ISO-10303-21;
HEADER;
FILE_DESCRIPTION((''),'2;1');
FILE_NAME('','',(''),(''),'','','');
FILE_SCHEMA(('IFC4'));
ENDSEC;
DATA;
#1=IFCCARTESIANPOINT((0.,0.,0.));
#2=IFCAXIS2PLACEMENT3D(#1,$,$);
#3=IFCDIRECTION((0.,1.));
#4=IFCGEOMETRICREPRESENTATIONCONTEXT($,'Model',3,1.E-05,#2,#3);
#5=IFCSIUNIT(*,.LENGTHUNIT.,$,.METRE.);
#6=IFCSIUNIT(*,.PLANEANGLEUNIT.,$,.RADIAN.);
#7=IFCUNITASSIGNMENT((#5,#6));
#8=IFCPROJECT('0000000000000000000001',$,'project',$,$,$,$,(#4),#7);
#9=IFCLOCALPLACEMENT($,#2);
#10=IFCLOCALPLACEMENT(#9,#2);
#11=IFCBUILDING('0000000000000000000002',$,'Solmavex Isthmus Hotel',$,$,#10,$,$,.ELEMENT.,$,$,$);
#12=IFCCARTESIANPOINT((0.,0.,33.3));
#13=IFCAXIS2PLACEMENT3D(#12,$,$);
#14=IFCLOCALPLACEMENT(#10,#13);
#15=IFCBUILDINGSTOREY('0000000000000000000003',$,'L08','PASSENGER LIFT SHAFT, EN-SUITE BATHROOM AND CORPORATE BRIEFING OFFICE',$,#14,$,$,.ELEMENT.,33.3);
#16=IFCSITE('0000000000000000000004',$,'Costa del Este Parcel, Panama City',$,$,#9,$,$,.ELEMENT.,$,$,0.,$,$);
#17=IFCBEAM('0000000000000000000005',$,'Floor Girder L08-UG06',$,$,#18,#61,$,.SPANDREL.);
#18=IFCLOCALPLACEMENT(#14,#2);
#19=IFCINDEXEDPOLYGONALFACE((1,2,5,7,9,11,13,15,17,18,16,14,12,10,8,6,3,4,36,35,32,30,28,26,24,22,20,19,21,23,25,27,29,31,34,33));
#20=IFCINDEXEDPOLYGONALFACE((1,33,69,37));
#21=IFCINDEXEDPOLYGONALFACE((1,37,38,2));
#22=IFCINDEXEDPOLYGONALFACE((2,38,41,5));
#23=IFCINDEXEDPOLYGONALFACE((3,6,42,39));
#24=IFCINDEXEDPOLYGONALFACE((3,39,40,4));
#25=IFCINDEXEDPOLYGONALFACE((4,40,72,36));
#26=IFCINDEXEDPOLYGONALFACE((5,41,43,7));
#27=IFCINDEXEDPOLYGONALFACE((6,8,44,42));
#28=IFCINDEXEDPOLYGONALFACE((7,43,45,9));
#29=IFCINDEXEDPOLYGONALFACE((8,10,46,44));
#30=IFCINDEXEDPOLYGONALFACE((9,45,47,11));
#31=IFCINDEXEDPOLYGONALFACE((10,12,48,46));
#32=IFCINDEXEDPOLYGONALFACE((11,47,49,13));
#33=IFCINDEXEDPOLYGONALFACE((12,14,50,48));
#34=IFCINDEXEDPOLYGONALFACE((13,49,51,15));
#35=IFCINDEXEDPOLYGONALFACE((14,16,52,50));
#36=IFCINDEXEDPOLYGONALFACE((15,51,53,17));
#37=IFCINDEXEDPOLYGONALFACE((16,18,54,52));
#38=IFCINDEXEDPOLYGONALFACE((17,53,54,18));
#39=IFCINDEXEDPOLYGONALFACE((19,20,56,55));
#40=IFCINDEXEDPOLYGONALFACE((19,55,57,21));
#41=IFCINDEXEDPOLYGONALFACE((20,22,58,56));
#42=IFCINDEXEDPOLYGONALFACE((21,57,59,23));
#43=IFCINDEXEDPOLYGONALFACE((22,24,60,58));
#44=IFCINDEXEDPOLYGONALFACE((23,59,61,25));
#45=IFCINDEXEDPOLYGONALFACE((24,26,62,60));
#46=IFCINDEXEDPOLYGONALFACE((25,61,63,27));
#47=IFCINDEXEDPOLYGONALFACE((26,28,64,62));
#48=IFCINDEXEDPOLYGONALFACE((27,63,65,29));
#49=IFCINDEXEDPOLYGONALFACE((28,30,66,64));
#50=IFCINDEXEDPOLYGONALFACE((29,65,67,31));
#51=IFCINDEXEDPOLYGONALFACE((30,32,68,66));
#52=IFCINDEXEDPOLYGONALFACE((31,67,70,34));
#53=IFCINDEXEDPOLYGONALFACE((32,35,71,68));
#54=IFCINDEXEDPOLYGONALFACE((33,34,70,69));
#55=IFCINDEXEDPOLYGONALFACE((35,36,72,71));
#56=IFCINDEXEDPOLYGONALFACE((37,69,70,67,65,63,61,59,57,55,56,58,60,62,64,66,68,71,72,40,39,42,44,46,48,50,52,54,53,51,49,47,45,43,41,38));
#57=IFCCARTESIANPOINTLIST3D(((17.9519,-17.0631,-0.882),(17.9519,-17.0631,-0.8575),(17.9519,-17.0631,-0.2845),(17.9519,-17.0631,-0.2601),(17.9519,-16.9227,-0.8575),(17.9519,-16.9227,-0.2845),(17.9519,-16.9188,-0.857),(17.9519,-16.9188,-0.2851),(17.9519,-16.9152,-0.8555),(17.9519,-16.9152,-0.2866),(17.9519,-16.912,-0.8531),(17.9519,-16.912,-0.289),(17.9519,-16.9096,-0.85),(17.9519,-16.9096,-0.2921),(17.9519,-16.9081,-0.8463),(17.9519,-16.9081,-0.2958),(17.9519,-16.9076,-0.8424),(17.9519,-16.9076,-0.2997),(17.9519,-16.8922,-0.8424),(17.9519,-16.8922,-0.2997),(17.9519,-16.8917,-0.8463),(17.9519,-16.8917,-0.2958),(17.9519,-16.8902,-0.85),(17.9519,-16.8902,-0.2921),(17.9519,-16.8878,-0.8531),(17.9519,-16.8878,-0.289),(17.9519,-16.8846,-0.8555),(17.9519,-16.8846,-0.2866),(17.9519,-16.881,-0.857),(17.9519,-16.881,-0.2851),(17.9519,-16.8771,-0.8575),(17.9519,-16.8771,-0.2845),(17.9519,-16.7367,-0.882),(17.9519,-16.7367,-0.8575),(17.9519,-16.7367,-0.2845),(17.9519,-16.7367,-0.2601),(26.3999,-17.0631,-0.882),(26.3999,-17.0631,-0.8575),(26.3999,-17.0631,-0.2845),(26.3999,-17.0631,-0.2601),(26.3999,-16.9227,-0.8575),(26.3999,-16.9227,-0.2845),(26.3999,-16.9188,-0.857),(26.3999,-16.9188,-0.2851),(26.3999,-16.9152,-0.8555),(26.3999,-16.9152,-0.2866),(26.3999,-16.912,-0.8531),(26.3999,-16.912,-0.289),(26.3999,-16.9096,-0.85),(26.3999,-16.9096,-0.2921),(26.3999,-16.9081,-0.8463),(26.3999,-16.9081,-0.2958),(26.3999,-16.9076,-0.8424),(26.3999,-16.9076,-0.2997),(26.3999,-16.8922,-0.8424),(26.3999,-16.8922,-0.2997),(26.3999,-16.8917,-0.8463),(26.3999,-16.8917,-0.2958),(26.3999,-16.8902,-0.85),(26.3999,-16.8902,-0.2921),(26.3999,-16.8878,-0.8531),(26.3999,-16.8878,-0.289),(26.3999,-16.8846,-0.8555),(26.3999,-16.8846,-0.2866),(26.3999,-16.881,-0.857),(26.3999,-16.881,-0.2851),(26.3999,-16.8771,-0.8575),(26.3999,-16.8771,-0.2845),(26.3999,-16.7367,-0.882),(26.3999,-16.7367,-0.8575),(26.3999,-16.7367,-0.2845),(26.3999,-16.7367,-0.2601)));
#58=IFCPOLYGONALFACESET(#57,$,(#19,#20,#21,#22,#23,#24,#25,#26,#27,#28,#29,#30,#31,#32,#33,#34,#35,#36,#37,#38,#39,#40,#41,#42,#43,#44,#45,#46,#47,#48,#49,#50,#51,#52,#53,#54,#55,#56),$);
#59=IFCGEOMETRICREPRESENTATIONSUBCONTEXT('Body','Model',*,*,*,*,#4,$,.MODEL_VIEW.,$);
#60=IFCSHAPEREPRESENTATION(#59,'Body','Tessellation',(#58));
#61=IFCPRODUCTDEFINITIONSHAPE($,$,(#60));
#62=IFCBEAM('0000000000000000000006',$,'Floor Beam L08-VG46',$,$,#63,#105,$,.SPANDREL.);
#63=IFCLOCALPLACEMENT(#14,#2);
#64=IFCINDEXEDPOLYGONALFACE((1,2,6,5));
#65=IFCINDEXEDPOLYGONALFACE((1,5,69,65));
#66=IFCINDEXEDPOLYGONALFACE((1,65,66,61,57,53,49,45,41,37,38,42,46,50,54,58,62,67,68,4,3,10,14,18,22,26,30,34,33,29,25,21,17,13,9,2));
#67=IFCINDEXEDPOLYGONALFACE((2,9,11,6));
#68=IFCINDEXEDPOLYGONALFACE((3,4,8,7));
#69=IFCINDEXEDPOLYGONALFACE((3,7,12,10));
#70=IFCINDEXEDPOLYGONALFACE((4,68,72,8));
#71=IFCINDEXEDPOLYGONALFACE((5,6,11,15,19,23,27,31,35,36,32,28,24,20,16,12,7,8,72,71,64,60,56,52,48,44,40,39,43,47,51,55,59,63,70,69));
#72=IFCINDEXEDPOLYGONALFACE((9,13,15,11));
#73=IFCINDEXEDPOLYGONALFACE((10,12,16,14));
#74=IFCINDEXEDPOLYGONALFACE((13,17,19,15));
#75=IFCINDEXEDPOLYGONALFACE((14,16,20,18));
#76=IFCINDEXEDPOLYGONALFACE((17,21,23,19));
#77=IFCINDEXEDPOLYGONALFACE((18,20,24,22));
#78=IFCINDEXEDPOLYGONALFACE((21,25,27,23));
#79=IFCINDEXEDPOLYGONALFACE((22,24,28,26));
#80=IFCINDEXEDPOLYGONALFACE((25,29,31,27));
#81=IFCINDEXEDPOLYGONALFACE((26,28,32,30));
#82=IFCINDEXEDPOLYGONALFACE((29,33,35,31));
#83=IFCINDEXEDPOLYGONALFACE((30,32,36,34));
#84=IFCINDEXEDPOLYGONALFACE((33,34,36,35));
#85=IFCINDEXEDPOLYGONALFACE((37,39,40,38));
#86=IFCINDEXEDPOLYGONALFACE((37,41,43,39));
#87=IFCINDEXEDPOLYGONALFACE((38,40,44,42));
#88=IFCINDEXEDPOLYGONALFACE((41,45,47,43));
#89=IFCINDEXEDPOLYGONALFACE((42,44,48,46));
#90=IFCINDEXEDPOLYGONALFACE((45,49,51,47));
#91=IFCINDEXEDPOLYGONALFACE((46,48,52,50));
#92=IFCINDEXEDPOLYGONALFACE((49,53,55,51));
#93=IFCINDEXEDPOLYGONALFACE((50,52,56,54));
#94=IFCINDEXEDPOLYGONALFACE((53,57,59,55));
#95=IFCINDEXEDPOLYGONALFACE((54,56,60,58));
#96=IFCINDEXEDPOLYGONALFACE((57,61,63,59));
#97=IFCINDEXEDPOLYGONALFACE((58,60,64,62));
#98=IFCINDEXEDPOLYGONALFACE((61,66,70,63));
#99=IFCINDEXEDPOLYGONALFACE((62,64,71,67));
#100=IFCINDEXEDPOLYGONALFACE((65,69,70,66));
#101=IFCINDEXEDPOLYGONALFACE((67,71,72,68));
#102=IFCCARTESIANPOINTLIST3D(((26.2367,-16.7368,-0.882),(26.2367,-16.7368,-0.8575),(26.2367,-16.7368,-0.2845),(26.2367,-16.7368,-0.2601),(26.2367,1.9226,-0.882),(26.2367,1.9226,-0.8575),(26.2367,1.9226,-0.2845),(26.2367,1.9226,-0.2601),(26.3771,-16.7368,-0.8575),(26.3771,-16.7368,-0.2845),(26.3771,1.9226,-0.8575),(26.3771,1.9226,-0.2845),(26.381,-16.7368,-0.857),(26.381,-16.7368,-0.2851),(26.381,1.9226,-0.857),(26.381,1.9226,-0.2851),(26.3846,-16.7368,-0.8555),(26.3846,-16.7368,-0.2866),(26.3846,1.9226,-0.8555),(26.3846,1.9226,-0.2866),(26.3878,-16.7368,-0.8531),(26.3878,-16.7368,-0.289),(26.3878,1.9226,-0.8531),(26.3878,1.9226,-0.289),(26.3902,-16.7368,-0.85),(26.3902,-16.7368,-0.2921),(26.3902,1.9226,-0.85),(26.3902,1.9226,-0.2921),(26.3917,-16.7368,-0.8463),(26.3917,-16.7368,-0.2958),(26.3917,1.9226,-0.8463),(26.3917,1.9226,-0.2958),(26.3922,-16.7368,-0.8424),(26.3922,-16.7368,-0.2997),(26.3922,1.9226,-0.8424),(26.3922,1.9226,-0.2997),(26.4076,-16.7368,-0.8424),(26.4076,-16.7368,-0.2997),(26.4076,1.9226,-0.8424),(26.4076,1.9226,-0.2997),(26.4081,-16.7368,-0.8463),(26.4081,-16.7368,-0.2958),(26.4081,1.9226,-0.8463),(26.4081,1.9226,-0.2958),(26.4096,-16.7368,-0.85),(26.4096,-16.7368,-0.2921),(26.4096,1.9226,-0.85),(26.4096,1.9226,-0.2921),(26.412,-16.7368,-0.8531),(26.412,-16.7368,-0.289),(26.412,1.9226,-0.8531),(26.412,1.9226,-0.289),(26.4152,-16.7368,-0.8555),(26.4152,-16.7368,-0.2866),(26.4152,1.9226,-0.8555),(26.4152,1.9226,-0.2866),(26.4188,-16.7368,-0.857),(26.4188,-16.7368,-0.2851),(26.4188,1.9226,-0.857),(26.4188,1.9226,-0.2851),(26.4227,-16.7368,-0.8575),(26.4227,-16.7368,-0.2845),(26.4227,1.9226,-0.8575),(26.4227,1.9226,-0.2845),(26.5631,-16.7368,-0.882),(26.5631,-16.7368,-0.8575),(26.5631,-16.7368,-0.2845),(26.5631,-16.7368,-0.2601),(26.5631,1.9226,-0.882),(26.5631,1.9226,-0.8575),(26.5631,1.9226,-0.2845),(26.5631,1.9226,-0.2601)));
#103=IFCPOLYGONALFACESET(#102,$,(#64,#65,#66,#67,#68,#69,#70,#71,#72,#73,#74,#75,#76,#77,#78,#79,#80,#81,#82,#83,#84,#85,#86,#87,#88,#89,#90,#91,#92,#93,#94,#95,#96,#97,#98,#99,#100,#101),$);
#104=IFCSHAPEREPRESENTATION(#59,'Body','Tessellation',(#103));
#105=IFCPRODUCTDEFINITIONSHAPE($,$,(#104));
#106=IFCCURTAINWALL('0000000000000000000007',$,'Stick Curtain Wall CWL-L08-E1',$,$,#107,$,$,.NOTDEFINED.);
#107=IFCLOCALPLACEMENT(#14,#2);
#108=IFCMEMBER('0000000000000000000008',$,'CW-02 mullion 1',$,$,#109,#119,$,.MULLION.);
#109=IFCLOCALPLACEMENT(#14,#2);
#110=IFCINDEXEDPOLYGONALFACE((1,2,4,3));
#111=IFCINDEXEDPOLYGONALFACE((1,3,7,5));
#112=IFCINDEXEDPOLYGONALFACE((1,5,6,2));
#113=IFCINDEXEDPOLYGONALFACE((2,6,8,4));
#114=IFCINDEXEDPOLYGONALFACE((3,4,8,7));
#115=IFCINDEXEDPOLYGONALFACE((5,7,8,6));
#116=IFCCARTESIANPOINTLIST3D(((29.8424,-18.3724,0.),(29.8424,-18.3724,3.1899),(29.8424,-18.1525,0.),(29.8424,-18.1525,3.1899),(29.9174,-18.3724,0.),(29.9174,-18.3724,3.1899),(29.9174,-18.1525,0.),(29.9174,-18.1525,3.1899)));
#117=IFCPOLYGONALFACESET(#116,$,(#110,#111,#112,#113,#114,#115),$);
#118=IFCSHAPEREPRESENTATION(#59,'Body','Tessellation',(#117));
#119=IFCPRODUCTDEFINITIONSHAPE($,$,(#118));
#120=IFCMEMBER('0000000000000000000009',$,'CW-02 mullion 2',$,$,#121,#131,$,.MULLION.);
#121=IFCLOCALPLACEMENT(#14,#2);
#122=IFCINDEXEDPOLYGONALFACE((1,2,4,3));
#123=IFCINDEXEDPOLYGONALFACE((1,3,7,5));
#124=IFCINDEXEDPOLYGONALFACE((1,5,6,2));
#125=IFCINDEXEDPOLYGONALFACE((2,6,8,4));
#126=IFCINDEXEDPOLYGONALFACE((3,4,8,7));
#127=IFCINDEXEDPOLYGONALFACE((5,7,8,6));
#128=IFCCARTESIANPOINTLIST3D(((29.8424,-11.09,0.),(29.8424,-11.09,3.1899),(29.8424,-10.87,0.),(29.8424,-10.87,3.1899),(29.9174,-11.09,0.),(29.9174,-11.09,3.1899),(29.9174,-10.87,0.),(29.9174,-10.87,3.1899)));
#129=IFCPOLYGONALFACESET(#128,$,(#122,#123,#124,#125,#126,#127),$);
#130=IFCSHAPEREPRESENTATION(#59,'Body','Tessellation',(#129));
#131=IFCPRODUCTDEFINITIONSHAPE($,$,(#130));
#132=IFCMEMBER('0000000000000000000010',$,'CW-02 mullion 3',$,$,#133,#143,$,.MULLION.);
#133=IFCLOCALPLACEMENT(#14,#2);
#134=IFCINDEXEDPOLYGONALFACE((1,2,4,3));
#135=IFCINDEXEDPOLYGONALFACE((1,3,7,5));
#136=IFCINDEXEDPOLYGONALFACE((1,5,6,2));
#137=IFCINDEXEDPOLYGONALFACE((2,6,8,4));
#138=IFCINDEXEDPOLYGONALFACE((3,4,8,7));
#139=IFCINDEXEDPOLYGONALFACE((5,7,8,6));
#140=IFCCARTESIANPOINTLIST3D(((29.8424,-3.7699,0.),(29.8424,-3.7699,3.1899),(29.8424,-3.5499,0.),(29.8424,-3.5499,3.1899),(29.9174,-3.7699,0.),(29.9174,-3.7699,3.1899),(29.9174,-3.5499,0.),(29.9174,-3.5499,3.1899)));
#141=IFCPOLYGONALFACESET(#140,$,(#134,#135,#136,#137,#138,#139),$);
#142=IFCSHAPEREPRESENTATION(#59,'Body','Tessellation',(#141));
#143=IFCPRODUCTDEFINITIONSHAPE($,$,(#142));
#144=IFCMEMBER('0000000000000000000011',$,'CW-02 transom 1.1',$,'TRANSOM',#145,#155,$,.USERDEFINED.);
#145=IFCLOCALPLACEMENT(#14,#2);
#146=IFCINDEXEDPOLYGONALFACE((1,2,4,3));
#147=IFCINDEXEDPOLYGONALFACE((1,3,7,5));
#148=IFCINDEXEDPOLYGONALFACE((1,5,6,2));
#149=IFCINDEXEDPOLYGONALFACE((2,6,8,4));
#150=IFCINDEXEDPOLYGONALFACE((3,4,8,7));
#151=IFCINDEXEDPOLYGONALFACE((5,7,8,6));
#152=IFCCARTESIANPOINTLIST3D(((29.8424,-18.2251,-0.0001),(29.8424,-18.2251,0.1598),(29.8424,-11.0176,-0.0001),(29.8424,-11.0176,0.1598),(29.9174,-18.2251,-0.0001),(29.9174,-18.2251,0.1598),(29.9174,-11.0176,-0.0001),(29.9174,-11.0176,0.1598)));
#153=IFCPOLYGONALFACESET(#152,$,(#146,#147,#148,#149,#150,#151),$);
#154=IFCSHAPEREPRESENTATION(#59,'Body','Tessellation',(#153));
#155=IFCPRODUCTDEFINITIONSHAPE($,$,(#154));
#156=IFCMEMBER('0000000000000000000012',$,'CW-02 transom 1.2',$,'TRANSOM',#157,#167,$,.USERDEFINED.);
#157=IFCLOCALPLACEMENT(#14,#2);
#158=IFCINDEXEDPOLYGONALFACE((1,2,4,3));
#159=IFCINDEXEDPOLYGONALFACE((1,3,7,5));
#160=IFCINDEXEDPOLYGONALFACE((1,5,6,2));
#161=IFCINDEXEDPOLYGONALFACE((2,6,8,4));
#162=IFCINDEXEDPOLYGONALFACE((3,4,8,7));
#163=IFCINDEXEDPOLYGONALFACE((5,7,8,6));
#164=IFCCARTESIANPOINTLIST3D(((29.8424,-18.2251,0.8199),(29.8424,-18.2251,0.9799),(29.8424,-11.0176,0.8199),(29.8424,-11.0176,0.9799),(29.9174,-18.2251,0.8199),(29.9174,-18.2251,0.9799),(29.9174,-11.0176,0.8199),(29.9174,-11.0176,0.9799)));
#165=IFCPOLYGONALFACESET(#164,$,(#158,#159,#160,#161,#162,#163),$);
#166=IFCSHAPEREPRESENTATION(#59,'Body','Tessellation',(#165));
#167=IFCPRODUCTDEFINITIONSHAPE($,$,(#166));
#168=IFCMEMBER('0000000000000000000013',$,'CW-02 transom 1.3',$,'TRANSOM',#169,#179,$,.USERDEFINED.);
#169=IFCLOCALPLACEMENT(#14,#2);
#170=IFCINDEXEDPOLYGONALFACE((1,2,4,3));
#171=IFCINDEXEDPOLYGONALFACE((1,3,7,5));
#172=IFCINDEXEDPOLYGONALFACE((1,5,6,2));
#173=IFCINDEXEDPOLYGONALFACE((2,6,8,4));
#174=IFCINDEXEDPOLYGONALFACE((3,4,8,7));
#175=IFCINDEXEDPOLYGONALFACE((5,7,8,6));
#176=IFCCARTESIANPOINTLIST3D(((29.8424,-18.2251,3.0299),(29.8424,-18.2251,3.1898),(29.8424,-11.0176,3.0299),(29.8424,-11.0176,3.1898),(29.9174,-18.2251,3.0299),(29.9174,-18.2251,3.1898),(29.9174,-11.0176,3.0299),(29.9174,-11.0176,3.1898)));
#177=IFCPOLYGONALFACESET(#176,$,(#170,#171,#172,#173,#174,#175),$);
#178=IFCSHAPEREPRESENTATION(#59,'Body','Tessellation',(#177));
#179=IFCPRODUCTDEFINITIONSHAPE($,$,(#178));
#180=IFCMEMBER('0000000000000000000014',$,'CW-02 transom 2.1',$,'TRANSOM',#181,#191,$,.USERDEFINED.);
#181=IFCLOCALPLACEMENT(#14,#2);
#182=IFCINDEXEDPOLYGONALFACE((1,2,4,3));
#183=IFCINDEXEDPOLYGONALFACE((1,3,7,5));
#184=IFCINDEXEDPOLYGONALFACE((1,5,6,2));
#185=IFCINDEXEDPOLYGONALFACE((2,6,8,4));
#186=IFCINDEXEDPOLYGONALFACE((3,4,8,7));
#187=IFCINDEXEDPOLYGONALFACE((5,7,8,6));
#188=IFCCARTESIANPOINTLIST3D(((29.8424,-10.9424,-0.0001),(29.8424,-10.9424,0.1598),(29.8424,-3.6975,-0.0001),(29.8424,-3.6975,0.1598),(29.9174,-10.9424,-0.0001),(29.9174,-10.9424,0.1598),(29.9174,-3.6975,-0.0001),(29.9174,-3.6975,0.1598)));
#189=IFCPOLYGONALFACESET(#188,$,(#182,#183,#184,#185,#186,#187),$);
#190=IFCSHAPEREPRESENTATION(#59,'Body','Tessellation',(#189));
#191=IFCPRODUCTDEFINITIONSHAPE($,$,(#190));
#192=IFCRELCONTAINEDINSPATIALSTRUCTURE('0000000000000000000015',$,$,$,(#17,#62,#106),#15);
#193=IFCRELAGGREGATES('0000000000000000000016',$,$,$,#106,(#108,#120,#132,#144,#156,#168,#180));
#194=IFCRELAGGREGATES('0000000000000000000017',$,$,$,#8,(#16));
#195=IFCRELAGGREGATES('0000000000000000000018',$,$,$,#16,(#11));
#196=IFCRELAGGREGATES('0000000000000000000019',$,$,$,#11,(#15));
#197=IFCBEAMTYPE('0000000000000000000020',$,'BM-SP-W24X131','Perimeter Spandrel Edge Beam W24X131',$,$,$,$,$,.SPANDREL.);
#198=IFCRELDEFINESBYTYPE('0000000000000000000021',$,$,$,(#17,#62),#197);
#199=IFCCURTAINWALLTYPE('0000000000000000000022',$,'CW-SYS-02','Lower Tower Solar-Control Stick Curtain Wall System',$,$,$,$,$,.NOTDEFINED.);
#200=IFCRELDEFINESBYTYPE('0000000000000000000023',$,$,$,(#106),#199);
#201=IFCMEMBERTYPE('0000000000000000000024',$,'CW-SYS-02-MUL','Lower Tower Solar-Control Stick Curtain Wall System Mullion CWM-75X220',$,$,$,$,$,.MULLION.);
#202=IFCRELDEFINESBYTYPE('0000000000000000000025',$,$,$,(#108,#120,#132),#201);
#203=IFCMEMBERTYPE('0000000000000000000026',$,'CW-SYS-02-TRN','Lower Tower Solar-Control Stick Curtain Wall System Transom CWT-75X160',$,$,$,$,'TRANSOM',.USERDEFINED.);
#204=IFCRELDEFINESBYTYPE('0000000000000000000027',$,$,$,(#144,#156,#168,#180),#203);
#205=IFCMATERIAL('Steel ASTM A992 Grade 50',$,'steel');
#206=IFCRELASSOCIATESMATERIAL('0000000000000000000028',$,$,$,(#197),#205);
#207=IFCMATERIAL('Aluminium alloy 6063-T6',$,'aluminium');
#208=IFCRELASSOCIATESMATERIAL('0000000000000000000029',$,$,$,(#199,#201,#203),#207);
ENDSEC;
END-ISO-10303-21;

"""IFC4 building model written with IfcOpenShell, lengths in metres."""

from ifc_helpers import new_model, si_unit, direction, frame, origin, origin_2d, place, context, subcontext, project, spatial, rectangle, i_section, extrude, material, material_profile, profile_set, type_object, element, aggregate, save


model = new_model("IFC4")

# Units and contexts
model_context = context("Model", 3, precision=1e-05, world=origin(), true_north=direction((0.0, 1.0)))
body_context = subcontext(model_context, "Body", "Model", "MODEL_VIEW")
ifc_project = project(units=[si_unit("LENGTHUNIT", "METRE"), si_unit("PLANEANGLEUNIT", "RADIAN")], contexts=[model_context])

# Site, building, storey
site_placement = place(None, origin())
site = spatial("IfcSite", under=ifc_project, at=site_placement, Name="Costa del Este Parcel, Panama City", CompositionType="ELEMENT", RefElevation=0.0)
building_placement = place(site_placement, origin())
building = spatial("IfcBuilding", under=site, at=building_placement, Name="Solmavex Isthmus Hotel", CompositionType="ELEMENT")
storey_placement = place(building_placement, frame((0.0, 0.0, 33.3)))
storey = spatial("IfcBuildingStorey", under=building, at=storey_placement, Name="L08", Description="PASSENGER LIFT SHAFT, EN-SUITE BATHROOM AND CORPORATE BRIEFING OFFICE", CompositionType="ELEMENT", Elevation=33.3)

# Beams
ifc_material_1 = material(Name="Steel ASTM A992 Grade 50", Category="steel")
ifc_material_profile_1 = material_profile(ifc_material_1, i_section(OverallWidth=0.3264, OverallDepth=0.6218, WebThickness=0.0154, FlangeThickness=0.0244, FilletRadius=0.0151, at=origin_2d()), Name="W24X131")
ifc_profile_set_1 = profile_set([ifc_material_profile_1], Name="Steel ASTM A992 Grade 50")
beam_type_1 = type_object("IfcBeamType", Name="BM-SP-W24X131", Description="Perimeter Spandrel Edge Beam W24X131", PredefinedType="SPANDREL", material=ifc_profile_set_1)
beam_1_placement = place(storey_placement, frame((17.9519, -16.8999, -0.571), z_axis=(1.0, 0.0, 0.0), x_axis=(0.0, 1.0, 0.0)))
element("IfcBeam", 1, at=beam_1_placement, inside=storey, type_object=beam_type_1, Name="Floor Girder L08-UG06", PredefinedType="SPANDREL", context=body_context, shape_type="SweptSolid", body=[
    extrude(i_section(OverallWidth=0.3264, OverallDepth=0.6218, WebThickness=0.0154, FlangeThickness=0.0244, FilletRadius=0.0151, at=origin_2d()), origin(), (0.0, 0.0, 1.0), 8.448),
])
beam_2_placement = place(storey_placement, frame((26.3999, -16.7368, -0.571), z_axis=(0.0, 1.0, 0.0), x_axis=(-1.0, 0.0, 0.0)))
element("IfcBeam", 2, at=beam_2_placement, inside=storey, type_object=beam_type_1, Name="Floor Beam L08-VG46", PredefinedType="SPANDREL", context=body_context, shape_type="SweptSolid", body=[
    extrude(i_section(OverallWidth=0.3264, OverallDepth=0.6218, WebThickness=0.0154, FlangeThickness=0.0244, FilletRadius=0.0151, at=origin_2d()), origin(), (0.0, 0.0, 1.0), 18.6594),
])

# Curtain wall, members
ifc_material_2 = material(Name="Aluminium alloy 6063-T6", Category="aluminium")
curtain_wall_type = type_object("IfcCurtainWallType", Name="CW-SYS-02", Description="Lower Tower Solar-Control Stick Curtain Wall System", PredefinedType="NOTDEFINED", material=ifc_material_2)
curtain_wall_placement = place(storey_placement, origin())
curtain_wall = element("IfcCurtainWall", 3, at=curtain_wall_placement, inside=storey, type_object=curtain_wall_type, Name="Stick Curtain Wall CWL-L08-E1", PredefinedType="NOTDEFINED")
ifc_material_profile_2 = material_profile(ifc_material_2, rectangle(XDim=0.075, YDim=0.22, at=origin_2d()), Name="CWM-75X220")
ifc_profile_set_2 = profile_set([ifc_material_profile_2], Name="Aluminium alloy 6063-T6")
member_type_1 = type_object("IfcMemberType", Name="CW-SYS-02-MUL", Description="Lower Tower Solar-Control Stick Curtain Wall System Mullion CWM-75X220", PredefinedType="MULLION", material=ifc_profile_set_2)
member_1_placement = place(storey_placement, frame((29.8799, -18.2625, 0.0), z_axis=(0.0, 0.0, 1.0), x_axis=(-1.0, 0.0, 0.0)))
member_1 = element("IfcMember", 4, at=member_1_placement, type_object=member_type_1, Name="CW-02 mullion 1", PredefinedType="MULLION", context=body_context, shape_type="SweptSolid", body=[
    extrude(rectangle(XDim=0.075, YDim=0.22, at=origin_2d()), origin(), (0.0, 0.0, 1.0), 3.1899),
])
member_2_placement = place(storey_placement, frame((29.8799, -10.98, 0.0), z_axis=(0.0, 0.0, 1.0), x_axis=(-1.0, 0.0, 0.0)))
member_2 = element("IfcMember", 5, at=member_2_placement, type_object=member_type_1, Name="CW-02 mullion 2", PredefinedType="MULLION", context=body_context, shape_type="SweptSolid", body=[
    extrude(rectangle(XDim=0.075, YDim=0.22, at=origin_2d()), origin(), (0.0, 0.0, 1.0), 3.1899),
])
member_3_placement = place(storey_placement, frame((29.8799, -3.6599, 0.0), z_axis=(0.0, 0.0, 1.0), x_axis=(-1.0, 0.0, 0.0)))
member_3 = element("IfcMember", 6, at=member_3_placement, type_object=member_type_1, Name="CW-02 mullion 3", PredefinedType="MULLION", context=body_context, shape_type="SweptSolid", body=[
    extrude(rectangle(XDim=0.075, YDim=0.22, at=origin_2d()), origin(), (0.0, 0.0, 1.0), 3.1899),
])
ifc_material_profile_3 = material_profile(ifc_material_2, rectangle(XDim=0.075, YDim=0.1599, at=origin_2d()), Name="CWT-75X160")
ifc_profile_set_3 = profile_set([ifc_material_profile_3], Name="Aluminium alloy 6063-T6")
member_type_2 = type_object("IfcMemberType", Name="CW-SYS-02-TRN", Description="Lower Tower Solar-Control Stick Curtain Wall System Transom CWT-75X160", ElementType="TRANSOM", PredefinedType="USERDEFINED", material=ifc_profile_set_3)
member_4_placement = place(storey_placement, frame((29.8799, -18.2251, 0.0798), z_axis=(0.0, 1.0, 0.0), x_axis=(-1.0, 0.0, 0.0)))
member_4 = element("IfcMember", 7, at=member_4_placement, type_object=member_type_2, Name="CW-02 transom 1.1", ObjectType="TRANSOM", PredefinedType="USERDEFINED", context=body_context, shape_type="SweptSolid", body=[
    extrude(rectangle(XDim=0.075, YDim=0.1599, at=origin_2d()), origin(), (0.0, 0.0, 1.0), 7.2075),
])
member_5_placement = place(storey_placement, frame((29.8799, -18.2251, 0.8999), z_axis=(0.0, 1.0, 0.0), x_axis=(-1.0, 0.0, 0.0)))
member_5 = element("IfcMember", 8, at=member_5_placement, type_object=member_type_2, Name="CW-02 transom 1.2", ObjectType="TRANSOM", PredefinedType="USERDEFINED", context=body_context, shape_type="SweptSolid", body=[
    extrude(rectangle(XDim=0.075, YDim=0.1599, at=origin_2d()), origin(), (0.0, 0.0, 1.0), 7.2075),
])
member_6_placement = place(storey_placement, frame((29.8799, -18.2251, 3.1099), z_axis=(0.0, 1.0, 0.0), x_axis=(-1.0, 0.0, 0.0)))
member_6 = element("IfcMember", 9, at=member_6_placement, type_object=member_type_2, Name="CW-02 transom 1.3", ObjectType="TRANSOM", PredefinedType="USERDEFINED", context=body_context, shape_type="SweptSolid", body=[
    extrude(rectangle(XDim=0.075, YDim=0.1599, at=origin_2d()), origin(), (0.0, 0.0, 1.0), 7.2075),
])
member_7_placement = place(storey_placement, frame((29.8799, -10.9424, 0.0798), z_axis=(0.0, 1.0, 0.0), x_axis=(-1.0, 0.0, 0.0)))
member_7 = element("IfcMember", 10, at=member_7_placement, type_object=member_type_2, Name="CW-02 transom 2.1", ObjectType="TRANSOM", PredefinedType="USERDEFINED", context=body_context, shape_type="SweptSolid", body=[
    extrude(rectangle(XDim=0.075, YDim=0.1599, at=origin_2d()), origin(), (0.0, 0.0, 1.0), 7.2449),
])
aggregate(curtain_wall, [member_1, member_2, member_3, member_4, member_5, member_6, member_7])

save(model, "model.ifc")
